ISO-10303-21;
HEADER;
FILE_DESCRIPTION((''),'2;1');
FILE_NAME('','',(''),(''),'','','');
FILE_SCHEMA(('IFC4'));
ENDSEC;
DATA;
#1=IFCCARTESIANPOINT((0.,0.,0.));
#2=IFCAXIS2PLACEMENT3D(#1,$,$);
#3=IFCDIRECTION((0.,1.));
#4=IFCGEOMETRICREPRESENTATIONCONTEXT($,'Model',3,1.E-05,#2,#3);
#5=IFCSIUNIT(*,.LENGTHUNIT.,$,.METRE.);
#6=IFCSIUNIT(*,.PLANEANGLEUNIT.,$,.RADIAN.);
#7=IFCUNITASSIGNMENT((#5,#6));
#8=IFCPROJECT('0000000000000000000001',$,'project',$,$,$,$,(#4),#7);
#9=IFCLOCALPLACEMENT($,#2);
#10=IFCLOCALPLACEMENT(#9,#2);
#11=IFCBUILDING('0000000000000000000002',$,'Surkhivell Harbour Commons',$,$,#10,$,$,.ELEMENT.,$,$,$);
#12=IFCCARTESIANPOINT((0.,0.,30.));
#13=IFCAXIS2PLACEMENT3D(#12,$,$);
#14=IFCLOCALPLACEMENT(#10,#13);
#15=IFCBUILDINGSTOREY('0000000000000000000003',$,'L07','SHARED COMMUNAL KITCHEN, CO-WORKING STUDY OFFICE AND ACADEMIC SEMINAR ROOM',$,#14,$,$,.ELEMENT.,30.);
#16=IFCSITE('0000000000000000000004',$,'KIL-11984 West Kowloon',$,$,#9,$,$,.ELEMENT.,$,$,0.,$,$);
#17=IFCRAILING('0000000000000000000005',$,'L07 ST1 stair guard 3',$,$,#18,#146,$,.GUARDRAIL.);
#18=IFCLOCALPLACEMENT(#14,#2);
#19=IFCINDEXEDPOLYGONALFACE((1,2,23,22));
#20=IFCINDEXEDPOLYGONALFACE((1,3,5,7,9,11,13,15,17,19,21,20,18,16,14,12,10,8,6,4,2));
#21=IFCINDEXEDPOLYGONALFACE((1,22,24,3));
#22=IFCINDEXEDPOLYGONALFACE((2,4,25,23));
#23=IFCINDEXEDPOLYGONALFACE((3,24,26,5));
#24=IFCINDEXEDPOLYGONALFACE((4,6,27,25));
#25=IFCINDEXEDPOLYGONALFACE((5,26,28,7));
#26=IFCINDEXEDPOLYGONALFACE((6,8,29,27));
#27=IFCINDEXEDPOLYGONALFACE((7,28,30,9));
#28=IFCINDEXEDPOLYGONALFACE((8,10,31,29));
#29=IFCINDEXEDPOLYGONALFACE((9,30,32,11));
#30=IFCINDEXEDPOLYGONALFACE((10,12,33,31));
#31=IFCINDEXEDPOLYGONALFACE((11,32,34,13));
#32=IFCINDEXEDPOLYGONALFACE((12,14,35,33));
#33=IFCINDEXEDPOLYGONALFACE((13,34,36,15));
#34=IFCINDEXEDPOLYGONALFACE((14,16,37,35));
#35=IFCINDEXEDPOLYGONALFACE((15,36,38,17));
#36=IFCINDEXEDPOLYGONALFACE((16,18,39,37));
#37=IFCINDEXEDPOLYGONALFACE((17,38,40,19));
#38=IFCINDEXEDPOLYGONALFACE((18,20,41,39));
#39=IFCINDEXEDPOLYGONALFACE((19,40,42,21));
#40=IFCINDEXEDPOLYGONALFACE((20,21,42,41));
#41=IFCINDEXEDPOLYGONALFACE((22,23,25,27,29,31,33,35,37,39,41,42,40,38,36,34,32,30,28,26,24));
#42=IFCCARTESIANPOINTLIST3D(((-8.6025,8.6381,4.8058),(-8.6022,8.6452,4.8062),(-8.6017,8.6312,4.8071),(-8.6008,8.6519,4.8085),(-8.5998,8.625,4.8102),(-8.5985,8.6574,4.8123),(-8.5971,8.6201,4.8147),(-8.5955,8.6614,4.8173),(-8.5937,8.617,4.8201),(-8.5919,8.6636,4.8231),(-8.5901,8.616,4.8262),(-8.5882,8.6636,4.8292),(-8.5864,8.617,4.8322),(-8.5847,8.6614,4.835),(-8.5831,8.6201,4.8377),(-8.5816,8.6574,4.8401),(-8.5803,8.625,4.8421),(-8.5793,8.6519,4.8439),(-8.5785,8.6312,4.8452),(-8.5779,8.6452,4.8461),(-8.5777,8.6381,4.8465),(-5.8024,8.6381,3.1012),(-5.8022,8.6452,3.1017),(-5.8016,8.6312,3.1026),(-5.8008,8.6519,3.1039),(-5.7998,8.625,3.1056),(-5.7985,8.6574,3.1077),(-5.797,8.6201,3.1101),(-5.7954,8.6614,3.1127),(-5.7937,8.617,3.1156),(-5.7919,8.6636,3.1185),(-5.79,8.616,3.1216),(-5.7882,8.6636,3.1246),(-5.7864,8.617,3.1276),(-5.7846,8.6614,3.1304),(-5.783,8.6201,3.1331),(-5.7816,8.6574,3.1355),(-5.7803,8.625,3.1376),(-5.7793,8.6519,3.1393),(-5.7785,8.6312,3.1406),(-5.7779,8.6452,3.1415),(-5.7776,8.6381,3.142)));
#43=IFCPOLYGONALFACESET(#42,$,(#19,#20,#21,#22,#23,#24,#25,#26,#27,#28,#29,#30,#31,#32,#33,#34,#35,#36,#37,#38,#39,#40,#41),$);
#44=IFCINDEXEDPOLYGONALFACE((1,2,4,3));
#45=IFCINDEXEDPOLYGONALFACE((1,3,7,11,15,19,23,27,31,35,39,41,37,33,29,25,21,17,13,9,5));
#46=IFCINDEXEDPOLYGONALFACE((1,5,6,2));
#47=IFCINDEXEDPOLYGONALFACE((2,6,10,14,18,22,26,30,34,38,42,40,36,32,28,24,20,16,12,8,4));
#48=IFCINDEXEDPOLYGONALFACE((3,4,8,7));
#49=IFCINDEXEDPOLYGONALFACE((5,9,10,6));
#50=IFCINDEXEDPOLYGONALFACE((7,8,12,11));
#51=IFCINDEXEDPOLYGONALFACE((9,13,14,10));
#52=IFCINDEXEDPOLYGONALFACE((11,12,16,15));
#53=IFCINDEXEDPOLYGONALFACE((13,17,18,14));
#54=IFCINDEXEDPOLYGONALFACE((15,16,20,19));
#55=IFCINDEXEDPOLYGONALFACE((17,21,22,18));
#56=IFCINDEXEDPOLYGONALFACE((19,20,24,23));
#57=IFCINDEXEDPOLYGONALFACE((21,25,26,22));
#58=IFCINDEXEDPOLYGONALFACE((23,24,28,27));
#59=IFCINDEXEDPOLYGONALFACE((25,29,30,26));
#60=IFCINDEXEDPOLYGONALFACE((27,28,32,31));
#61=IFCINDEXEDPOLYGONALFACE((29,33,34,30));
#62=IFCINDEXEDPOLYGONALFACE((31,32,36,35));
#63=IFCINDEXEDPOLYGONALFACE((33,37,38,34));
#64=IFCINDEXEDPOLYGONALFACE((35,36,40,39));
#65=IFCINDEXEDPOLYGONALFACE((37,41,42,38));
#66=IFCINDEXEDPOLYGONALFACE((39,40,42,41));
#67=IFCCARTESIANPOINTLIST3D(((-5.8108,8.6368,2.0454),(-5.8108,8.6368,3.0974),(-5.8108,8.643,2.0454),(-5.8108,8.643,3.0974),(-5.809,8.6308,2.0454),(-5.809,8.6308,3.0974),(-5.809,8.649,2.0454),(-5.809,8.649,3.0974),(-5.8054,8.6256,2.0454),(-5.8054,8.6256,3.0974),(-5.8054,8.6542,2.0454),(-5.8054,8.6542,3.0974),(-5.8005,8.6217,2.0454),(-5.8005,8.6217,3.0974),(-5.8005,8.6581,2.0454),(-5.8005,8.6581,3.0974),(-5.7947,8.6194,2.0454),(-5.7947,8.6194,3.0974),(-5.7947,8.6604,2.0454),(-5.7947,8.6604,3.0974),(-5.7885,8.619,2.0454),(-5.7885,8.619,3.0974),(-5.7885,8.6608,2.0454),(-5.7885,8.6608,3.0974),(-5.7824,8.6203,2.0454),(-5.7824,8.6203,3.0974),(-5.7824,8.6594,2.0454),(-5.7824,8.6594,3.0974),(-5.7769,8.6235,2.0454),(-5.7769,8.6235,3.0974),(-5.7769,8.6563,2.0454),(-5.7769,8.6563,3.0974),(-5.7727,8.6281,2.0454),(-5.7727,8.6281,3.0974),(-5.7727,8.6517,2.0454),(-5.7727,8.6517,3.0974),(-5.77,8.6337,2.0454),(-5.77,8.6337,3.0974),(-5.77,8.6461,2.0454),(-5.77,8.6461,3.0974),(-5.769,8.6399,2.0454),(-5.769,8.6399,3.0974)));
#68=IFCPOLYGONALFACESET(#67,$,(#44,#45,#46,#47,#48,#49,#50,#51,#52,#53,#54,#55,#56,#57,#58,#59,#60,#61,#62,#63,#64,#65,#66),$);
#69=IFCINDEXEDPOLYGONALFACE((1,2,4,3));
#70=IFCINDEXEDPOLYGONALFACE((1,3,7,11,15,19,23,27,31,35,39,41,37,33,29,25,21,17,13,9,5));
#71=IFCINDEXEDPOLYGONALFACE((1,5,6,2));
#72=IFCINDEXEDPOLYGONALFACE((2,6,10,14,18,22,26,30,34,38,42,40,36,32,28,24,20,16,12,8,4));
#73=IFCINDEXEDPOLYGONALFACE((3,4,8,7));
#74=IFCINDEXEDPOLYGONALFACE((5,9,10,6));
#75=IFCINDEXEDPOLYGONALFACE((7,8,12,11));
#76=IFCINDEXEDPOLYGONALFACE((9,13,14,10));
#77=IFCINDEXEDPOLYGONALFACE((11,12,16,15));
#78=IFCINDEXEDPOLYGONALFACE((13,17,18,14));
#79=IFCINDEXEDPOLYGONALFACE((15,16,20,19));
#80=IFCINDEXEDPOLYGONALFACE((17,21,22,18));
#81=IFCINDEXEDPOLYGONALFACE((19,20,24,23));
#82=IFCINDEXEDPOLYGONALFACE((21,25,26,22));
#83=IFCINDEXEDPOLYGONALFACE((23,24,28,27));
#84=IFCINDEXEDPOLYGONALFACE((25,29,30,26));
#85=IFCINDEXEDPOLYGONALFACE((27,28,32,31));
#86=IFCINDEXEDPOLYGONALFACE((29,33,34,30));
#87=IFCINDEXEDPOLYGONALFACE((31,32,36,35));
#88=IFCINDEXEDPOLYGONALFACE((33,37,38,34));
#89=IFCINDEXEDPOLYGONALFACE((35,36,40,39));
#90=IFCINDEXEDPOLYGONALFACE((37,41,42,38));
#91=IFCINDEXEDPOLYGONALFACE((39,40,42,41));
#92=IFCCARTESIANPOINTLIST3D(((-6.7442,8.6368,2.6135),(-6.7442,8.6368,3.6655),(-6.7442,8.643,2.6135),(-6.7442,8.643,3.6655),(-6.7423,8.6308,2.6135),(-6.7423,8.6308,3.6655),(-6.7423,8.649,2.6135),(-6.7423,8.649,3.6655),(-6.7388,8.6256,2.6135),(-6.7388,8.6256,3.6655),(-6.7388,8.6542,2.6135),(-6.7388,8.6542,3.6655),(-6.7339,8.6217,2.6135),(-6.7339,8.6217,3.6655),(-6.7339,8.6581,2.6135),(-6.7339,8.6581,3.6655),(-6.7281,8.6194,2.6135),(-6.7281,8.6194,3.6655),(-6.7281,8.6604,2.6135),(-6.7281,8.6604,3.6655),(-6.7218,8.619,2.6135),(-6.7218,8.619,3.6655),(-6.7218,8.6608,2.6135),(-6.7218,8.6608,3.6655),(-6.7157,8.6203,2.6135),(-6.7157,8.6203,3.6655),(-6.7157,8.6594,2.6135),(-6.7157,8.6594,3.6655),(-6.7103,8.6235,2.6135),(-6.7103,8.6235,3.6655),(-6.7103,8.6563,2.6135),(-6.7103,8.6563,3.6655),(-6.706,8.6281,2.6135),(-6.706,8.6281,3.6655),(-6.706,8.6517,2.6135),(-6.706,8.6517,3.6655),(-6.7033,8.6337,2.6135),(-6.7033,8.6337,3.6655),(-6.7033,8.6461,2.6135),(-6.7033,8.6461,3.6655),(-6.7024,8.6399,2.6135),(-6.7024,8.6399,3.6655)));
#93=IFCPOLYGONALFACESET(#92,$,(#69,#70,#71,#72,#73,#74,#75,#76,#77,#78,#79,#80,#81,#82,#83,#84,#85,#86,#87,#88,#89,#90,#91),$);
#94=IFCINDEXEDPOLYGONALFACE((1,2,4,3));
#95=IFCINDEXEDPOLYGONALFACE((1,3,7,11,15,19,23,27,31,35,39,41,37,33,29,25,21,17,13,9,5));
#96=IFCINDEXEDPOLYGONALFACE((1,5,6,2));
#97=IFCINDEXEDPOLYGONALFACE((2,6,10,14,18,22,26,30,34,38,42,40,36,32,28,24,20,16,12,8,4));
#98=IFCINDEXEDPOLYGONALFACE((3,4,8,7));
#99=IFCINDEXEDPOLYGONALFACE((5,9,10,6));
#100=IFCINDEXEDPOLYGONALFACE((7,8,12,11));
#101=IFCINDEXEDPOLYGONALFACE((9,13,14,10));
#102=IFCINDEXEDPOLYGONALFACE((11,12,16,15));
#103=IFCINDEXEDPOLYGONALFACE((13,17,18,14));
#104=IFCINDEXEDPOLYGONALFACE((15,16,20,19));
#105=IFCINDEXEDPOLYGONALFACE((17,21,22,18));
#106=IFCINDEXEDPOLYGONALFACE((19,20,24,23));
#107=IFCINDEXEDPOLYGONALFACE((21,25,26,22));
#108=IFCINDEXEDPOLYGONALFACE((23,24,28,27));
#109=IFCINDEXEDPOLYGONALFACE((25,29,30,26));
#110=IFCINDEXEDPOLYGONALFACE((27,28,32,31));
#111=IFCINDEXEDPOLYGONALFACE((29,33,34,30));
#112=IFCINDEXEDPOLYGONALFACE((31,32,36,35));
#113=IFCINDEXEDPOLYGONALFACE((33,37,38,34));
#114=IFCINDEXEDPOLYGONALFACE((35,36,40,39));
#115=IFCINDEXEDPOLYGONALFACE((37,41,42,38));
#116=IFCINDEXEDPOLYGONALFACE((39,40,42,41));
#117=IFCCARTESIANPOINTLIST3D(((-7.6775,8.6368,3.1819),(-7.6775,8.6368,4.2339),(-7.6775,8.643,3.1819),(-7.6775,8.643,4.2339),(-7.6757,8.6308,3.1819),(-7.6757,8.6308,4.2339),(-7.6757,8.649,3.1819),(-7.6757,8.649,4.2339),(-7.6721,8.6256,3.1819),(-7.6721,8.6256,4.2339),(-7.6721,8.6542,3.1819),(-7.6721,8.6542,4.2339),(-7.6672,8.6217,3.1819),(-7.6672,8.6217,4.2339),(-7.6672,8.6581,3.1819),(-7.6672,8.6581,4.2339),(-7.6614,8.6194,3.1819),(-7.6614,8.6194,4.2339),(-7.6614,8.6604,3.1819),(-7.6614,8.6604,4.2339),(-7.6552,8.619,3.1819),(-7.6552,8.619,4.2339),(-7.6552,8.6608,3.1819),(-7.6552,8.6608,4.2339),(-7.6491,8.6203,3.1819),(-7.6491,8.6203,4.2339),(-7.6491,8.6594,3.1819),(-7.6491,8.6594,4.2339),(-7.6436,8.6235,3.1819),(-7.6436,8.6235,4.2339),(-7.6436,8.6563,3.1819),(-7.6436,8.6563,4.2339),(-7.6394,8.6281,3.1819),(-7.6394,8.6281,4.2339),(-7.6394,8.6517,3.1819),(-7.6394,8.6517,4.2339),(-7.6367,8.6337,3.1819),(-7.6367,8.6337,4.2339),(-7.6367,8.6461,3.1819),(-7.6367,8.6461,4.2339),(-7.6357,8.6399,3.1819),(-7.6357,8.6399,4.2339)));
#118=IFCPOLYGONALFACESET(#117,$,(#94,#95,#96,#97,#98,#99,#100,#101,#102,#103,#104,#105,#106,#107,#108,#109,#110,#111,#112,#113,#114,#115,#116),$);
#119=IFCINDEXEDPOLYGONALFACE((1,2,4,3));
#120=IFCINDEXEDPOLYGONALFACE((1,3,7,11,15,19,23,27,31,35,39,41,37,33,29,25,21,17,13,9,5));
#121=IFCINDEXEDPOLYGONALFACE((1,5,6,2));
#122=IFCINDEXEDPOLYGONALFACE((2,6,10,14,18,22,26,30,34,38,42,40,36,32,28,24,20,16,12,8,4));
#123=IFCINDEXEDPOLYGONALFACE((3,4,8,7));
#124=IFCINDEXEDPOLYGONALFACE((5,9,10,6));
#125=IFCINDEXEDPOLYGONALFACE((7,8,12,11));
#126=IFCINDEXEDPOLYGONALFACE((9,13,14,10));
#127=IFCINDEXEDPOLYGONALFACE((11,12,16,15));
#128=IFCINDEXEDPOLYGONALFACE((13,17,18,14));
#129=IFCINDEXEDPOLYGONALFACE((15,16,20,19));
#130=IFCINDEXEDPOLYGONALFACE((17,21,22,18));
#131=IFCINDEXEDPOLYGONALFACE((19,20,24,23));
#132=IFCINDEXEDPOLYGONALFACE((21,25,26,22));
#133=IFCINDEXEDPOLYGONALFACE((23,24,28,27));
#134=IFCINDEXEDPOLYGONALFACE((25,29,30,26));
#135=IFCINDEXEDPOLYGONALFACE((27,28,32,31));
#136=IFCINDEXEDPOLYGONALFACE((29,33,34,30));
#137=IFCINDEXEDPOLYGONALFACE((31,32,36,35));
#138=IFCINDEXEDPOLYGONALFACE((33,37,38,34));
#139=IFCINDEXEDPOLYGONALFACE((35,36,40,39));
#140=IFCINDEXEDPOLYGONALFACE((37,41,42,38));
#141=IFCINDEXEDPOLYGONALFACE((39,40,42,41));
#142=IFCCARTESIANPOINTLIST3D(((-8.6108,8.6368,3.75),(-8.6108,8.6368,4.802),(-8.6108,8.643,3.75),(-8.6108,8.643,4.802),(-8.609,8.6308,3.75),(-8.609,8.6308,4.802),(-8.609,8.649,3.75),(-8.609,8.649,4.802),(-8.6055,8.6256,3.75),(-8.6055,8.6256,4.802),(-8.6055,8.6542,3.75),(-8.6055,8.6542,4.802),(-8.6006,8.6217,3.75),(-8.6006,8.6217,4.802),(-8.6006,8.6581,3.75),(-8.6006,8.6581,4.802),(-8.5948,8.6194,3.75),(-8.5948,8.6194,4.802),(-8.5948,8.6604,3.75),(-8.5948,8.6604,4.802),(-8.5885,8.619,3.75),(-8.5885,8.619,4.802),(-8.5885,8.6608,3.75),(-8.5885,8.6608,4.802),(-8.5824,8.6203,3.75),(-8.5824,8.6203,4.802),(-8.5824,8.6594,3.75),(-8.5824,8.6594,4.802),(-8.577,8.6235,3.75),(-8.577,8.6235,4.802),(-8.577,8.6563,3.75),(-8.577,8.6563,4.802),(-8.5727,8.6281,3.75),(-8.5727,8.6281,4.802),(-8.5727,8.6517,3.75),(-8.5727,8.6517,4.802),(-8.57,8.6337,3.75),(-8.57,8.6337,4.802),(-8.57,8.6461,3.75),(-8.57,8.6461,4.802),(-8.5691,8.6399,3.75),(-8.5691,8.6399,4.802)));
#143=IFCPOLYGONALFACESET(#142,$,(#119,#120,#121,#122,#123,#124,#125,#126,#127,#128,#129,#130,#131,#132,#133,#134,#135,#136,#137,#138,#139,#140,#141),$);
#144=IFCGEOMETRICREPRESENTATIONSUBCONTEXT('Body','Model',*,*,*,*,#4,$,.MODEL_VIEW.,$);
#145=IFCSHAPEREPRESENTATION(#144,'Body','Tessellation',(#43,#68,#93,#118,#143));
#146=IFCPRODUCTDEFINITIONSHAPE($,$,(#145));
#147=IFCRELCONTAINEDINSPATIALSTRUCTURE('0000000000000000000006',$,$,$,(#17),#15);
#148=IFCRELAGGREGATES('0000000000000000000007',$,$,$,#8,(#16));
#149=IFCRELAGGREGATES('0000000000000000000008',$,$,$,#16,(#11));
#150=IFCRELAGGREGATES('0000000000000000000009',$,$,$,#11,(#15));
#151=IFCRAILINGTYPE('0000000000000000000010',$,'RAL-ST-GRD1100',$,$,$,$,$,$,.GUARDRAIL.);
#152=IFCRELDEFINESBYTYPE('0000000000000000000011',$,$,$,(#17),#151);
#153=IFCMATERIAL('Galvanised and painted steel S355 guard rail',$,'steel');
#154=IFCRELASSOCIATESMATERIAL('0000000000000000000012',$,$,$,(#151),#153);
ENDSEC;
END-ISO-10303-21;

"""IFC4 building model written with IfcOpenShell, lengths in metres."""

from ifc_helpers import new_model, si_unit, direction, frame, origin, origin_2d, place, context, subcontext, project, spatial, circle, extrude, material, type_object, element, save


model = new_model("IFC4")

# Units and contexts
model_context = context("Model", 3, precision=1e-05, world=origin(), true_north=direction((0.0, 1.0)))
body_context = subcontext(model_context, "Body", "Model", "MODEL_VIEW")
ifc_project = project(units=[si_unit("LENGTHUNIT", "METRE"), si_unit("PLANEANGLEUNIT", "RADIAN")], contexts=[model_context])

# Site, building, storey
site_placement = place(None, origin())
site = spatial("IfcSite", under=ifc_project, at=site_placement, Name="KIL-11984 West Kowloon", CompositionType="ELEMENT", RefElevation=0.0)
building_placement = place(site_placement, origin())
building = spatial("IfcBuilding", under=site, at=building_placement, Name="Surkhivell Harbour Commons", CompositionType="ELEMENT")
storey_placement = place(building_placement, frame((0.0, 0.0, 30.0)))
storey = spatial("IfcBuildingStorey", under=building, at=storey_placement, Name="L07", Description="SHARED COMMUNAL KITCHEN, CO-WORKING STUDY OFFICE AND ACADEMIC SEMINAR ROOM", CompositionType="ELEMENT", Elevation=30.0)

# Railing
ifc_material_1 = material(Name="Galvanised and painted steel S355 guard rail", Category="steel")
railing_type_1 = type_object("IfcRailingType", Name="RAL-ST-GRD1100", PredefinedType="GUARDRAIL", material=ifc_material_1)
railing_1_placement = place(storey_placement, frame((-5.79, 8.6399, 2.0454)))
element("IfcRailing", 1, at=railing_1_placement, inside=storey, type_object=railing_type_1, Name="L07 ST1 stair guard 3", PredefinedType="GUARDRAIL", context=body_context, shape_type="SweptSolid", body=[
    extrude(circle(Radius=0.0239, at=origin_2d()), frame((0.0, 0.0, 1.0762), z_axis=(-0.85417, 0.0, 0.519994), x_axis=(0.0, -1.0, 0.0)), (0.0, 0.0, 1.0), 3.2781),
    extrude(circle(Radius=0.021, at=origin_2d()), origin(), (0.0, 0.0, 1.0), 1.052),
    extrude(circle(Radius=0.021, at=origin_2d()), frame((-0.9333, 0.0, 0.5681)), (0.0, 0.0, 1.0), 1.052),
    extrude(circle(Radius=0.021, at=origin_2d()), frame((-1.8667, 0.0, 1.1365)), (0.0, 0.0, 1.0), 1.052),
    extrude(circle(Radius=0.021, at=origin_2d()), frame((-2.8, 0.0, 1.7046)), (0.0, 0.0, 1.0), 1.052),
])

save(model, "model.ifc")
